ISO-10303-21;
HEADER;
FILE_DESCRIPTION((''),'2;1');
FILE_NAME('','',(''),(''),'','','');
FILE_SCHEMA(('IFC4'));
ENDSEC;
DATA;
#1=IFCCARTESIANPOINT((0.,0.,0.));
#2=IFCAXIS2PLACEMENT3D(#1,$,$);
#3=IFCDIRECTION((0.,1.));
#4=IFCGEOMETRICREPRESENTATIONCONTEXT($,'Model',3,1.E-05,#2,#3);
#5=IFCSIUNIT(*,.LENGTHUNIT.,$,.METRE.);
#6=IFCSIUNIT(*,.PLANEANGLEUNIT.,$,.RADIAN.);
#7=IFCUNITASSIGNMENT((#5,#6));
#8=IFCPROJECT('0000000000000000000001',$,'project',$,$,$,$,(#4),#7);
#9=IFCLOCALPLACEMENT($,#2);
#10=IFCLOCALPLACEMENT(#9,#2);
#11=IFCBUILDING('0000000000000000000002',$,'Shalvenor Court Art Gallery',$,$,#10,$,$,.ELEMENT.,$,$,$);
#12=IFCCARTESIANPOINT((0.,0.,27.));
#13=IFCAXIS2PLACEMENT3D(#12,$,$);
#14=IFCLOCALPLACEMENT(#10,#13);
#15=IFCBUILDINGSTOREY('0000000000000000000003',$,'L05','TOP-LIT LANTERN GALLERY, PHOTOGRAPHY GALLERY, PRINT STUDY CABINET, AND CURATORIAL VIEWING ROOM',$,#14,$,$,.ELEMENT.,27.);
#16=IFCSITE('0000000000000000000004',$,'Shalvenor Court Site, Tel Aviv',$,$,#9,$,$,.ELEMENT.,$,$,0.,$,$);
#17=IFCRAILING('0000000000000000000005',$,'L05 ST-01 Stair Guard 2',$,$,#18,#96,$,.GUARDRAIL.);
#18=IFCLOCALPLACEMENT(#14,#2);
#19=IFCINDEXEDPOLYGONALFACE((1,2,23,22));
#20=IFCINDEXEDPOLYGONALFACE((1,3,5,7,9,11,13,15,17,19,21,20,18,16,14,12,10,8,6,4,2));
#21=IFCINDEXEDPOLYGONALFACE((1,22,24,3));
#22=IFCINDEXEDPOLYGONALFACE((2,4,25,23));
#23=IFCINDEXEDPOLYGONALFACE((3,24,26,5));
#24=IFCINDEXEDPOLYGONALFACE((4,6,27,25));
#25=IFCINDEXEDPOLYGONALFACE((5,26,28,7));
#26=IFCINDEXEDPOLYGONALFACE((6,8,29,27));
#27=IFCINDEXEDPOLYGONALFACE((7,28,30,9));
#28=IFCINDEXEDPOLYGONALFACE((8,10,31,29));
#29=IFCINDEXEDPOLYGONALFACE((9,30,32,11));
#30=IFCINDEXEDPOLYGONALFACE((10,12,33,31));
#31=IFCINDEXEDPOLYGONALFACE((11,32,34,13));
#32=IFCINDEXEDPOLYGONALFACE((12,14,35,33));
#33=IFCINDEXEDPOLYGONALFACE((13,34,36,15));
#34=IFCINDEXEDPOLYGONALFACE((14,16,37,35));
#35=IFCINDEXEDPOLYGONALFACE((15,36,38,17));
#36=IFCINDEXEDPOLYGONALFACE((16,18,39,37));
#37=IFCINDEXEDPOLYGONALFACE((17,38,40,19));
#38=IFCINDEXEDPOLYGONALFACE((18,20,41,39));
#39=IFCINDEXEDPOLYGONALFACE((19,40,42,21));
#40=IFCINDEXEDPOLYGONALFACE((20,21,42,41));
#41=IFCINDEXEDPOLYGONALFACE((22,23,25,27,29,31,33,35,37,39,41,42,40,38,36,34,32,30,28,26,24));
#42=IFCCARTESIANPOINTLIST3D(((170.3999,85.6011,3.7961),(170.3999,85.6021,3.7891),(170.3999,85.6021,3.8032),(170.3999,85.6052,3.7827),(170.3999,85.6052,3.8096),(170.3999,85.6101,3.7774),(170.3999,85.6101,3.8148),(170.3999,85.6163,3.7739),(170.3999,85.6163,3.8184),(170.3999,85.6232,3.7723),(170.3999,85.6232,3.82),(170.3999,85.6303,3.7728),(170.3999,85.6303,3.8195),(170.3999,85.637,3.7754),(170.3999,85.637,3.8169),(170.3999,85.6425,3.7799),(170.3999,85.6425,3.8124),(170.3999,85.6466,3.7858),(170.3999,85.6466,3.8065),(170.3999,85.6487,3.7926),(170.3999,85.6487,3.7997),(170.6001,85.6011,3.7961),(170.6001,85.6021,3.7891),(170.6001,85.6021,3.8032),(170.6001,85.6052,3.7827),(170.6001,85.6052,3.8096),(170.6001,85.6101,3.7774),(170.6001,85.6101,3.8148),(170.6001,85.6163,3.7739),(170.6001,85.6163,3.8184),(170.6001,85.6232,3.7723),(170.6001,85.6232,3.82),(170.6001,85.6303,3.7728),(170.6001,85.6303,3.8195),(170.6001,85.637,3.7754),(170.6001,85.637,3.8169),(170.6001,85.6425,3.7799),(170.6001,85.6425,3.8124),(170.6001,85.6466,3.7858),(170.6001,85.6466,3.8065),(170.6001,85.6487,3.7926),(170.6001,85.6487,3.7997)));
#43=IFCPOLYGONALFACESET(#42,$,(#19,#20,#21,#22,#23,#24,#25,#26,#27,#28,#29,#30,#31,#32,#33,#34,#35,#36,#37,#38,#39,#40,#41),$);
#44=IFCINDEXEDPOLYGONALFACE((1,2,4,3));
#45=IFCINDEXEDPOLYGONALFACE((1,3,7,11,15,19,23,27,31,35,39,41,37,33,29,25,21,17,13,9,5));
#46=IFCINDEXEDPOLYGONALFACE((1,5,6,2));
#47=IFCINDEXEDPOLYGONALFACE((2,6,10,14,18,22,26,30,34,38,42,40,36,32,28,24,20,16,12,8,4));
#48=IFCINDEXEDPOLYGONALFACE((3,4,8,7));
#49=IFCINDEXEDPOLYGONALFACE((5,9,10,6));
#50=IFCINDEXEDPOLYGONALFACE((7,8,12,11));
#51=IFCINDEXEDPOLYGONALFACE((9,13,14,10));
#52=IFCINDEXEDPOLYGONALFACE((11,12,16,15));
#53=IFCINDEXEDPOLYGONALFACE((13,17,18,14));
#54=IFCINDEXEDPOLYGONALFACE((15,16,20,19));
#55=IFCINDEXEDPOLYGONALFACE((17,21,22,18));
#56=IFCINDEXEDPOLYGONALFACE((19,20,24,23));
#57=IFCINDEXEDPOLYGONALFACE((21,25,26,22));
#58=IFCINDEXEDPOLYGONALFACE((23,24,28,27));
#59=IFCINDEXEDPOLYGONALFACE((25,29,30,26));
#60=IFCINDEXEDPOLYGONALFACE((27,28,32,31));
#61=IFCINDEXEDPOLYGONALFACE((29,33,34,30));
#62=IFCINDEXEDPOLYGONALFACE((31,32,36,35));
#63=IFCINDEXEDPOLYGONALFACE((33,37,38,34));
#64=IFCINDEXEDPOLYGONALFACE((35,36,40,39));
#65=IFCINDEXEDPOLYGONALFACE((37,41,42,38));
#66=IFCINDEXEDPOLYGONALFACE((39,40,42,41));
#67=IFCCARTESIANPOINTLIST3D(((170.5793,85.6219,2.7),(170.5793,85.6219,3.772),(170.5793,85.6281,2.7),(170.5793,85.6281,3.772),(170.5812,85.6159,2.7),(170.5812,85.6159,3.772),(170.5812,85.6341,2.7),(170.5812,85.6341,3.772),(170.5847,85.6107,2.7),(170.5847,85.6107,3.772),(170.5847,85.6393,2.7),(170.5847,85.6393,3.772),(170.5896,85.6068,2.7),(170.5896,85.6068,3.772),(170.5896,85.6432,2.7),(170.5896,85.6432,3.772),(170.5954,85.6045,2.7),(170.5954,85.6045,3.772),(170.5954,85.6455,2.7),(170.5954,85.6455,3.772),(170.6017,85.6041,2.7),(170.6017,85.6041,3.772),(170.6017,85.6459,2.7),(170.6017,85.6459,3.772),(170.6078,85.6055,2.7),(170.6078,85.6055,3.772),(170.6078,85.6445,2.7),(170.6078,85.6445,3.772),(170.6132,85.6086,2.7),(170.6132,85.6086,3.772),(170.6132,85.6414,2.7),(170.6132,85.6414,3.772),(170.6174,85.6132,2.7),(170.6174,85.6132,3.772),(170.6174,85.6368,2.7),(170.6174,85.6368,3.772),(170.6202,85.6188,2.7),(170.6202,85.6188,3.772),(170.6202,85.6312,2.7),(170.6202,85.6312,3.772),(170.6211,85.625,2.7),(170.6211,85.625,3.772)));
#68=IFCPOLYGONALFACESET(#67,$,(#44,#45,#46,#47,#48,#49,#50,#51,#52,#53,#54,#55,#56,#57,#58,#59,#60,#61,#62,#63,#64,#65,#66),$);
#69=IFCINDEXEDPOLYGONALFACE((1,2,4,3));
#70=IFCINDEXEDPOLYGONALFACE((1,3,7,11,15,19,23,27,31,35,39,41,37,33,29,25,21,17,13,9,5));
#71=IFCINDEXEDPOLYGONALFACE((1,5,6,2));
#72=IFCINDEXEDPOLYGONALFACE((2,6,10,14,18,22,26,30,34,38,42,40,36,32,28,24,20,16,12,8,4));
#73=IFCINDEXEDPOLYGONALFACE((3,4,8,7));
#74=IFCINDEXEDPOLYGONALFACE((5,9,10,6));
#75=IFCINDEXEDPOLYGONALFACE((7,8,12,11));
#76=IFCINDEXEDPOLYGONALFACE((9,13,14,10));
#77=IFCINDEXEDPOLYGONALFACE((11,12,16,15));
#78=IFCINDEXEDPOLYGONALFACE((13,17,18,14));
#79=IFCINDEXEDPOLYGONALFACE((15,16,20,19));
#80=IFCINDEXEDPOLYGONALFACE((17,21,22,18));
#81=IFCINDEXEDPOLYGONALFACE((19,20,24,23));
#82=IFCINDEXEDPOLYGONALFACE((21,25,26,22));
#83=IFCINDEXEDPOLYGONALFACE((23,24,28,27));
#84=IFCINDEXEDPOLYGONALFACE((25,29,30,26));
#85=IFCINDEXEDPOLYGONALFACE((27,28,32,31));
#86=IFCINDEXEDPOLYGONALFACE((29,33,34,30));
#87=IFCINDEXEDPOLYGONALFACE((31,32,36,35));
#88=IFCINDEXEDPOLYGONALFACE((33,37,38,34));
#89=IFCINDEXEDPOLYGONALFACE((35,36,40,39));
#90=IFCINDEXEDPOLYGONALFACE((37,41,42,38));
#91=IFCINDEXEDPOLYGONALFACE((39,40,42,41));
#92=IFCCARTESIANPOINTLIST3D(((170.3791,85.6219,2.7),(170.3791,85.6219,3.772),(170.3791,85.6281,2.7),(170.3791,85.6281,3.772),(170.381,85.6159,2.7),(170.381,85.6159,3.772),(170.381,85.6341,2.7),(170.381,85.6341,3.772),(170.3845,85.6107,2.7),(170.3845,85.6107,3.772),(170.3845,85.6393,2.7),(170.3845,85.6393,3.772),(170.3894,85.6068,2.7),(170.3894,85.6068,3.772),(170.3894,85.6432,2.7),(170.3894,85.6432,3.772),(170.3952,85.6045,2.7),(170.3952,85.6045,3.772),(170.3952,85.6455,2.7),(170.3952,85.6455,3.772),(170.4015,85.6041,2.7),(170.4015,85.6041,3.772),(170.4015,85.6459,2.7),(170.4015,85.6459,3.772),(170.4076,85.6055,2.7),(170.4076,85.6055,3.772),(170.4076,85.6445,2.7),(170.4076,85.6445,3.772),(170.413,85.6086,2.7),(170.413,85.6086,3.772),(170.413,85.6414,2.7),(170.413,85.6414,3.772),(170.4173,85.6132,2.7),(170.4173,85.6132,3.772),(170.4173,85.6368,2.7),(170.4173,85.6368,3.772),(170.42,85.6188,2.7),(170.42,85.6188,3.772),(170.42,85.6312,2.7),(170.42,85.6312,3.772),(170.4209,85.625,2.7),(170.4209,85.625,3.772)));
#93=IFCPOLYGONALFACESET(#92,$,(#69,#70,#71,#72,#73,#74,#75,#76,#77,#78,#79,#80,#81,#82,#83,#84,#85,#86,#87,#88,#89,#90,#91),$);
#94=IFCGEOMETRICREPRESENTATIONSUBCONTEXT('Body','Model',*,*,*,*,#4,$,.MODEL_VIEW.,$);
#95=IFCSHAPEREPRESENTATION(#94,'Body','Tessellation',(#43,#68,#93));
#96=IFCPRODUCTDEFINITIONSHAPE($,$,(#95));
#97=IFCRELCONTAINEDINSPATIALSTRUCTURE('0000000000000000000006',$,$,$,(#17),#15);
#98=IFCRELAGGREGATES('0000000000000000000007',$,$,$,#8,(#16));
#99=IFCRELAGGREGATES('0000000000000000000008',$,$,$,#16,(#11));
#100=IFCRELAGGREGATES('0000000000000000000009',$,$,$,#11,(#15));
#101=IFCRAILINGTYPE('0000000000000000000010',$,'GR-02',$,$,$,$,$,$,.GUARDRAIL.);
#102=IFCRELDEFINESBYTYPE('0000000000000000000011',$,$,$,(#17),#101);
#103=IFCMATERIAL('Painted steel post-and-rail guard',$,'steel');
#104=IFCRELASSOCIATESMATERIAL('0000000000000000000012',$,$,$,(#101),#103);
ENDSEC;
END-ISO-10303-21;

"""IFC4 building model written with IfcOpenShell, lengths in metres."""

from ifc_helpers import new_model, si_unit, direction, frame, origin, origin_2d, place, context, subcontext, project, spatial, circle, extrude, material, type_object, element, save


model = new_model("IFC4")

# Units and contexts
model_context = context("Model", 3, precision=1e-05, world=origin(), true_north=direction((0.0, 1.0)))
body_context = subcontext(model_context, "Body", "Model", "MODEL_VIEW")
ifc_project = project(units=[si_unit("LENGTHUNIT", "METRE"), si_unit("PLANEANGLEUNIT", "RADIAN")], contexts=[model_context])

# Site, building, storey
site_placement = place(None, origin())
site = spatial("IfcSite", under=ifc_project, at=site_placement, Name="Shalvenor Court Site, Tel Aviv", CompositionType="ELEMENT", RefElevation=0.0)
building_placement = place(site_placement, origin())
building = spatial("IfcBuilding", under=site, at=building_placement, Name="Shalvenor Court Art Gallery", CompositionType="ELEMENT")
storey_placement = place(building_placement, frame((0.0, 0.0, 27.0)))
storey = spatial("IfcBuildingStorey", under=building, at=storey_placement, Name="L05", Description="TOP-LIT LANTERN GALLERY, PHOTOGRAPHY GALLERY, PRINT STUDY CABINET, AND CURATORIAL VIEWING ROOM", CompositionType="ELEMENT", Elevation=27.0)

# Railing
ifc_material_1 = material(Name="Painted steel post-and-rail guard", Category="steel")
railing_type_1 = type_object("IfcRailingType", Name="GR-02", PredefinedType="GUARDRAIL", material=ifc_material_1)
railing_1_placement = place(storey_placement, frame((170.6001, 85.625, 2.7)))
element("IfcRailing", 1, at=railing_1_placement, inside=storey, type_object=railing_type_1, Name="L05 ST-01 Stair Guard 2", PredefinedType="GUARDRAIL", context=body_context, shape_type="SweptSolid", body=[
    extrude(circle(Radius=0.0239, at=origin_2d()), frame((0.0, 0.0, 1.0962), z_axis=(-1.0, 0.0, 0.0), x_axis=(0.0, -1.0, 0.0)), (0.0, 0.0, 1.0), 0.2002),
    extrude(circle(Radius=0.021, at=origin_2d()), origin(), (0.0, 0.0, 1.0), 1.072),
    extrude(circle(Radius=0.021, at=origin_2d()), frame((-0.2002, 0.0, 0.0)), (0.0, 0.0, 1.0), 1.072),
])

save(model, "model.ifc")
